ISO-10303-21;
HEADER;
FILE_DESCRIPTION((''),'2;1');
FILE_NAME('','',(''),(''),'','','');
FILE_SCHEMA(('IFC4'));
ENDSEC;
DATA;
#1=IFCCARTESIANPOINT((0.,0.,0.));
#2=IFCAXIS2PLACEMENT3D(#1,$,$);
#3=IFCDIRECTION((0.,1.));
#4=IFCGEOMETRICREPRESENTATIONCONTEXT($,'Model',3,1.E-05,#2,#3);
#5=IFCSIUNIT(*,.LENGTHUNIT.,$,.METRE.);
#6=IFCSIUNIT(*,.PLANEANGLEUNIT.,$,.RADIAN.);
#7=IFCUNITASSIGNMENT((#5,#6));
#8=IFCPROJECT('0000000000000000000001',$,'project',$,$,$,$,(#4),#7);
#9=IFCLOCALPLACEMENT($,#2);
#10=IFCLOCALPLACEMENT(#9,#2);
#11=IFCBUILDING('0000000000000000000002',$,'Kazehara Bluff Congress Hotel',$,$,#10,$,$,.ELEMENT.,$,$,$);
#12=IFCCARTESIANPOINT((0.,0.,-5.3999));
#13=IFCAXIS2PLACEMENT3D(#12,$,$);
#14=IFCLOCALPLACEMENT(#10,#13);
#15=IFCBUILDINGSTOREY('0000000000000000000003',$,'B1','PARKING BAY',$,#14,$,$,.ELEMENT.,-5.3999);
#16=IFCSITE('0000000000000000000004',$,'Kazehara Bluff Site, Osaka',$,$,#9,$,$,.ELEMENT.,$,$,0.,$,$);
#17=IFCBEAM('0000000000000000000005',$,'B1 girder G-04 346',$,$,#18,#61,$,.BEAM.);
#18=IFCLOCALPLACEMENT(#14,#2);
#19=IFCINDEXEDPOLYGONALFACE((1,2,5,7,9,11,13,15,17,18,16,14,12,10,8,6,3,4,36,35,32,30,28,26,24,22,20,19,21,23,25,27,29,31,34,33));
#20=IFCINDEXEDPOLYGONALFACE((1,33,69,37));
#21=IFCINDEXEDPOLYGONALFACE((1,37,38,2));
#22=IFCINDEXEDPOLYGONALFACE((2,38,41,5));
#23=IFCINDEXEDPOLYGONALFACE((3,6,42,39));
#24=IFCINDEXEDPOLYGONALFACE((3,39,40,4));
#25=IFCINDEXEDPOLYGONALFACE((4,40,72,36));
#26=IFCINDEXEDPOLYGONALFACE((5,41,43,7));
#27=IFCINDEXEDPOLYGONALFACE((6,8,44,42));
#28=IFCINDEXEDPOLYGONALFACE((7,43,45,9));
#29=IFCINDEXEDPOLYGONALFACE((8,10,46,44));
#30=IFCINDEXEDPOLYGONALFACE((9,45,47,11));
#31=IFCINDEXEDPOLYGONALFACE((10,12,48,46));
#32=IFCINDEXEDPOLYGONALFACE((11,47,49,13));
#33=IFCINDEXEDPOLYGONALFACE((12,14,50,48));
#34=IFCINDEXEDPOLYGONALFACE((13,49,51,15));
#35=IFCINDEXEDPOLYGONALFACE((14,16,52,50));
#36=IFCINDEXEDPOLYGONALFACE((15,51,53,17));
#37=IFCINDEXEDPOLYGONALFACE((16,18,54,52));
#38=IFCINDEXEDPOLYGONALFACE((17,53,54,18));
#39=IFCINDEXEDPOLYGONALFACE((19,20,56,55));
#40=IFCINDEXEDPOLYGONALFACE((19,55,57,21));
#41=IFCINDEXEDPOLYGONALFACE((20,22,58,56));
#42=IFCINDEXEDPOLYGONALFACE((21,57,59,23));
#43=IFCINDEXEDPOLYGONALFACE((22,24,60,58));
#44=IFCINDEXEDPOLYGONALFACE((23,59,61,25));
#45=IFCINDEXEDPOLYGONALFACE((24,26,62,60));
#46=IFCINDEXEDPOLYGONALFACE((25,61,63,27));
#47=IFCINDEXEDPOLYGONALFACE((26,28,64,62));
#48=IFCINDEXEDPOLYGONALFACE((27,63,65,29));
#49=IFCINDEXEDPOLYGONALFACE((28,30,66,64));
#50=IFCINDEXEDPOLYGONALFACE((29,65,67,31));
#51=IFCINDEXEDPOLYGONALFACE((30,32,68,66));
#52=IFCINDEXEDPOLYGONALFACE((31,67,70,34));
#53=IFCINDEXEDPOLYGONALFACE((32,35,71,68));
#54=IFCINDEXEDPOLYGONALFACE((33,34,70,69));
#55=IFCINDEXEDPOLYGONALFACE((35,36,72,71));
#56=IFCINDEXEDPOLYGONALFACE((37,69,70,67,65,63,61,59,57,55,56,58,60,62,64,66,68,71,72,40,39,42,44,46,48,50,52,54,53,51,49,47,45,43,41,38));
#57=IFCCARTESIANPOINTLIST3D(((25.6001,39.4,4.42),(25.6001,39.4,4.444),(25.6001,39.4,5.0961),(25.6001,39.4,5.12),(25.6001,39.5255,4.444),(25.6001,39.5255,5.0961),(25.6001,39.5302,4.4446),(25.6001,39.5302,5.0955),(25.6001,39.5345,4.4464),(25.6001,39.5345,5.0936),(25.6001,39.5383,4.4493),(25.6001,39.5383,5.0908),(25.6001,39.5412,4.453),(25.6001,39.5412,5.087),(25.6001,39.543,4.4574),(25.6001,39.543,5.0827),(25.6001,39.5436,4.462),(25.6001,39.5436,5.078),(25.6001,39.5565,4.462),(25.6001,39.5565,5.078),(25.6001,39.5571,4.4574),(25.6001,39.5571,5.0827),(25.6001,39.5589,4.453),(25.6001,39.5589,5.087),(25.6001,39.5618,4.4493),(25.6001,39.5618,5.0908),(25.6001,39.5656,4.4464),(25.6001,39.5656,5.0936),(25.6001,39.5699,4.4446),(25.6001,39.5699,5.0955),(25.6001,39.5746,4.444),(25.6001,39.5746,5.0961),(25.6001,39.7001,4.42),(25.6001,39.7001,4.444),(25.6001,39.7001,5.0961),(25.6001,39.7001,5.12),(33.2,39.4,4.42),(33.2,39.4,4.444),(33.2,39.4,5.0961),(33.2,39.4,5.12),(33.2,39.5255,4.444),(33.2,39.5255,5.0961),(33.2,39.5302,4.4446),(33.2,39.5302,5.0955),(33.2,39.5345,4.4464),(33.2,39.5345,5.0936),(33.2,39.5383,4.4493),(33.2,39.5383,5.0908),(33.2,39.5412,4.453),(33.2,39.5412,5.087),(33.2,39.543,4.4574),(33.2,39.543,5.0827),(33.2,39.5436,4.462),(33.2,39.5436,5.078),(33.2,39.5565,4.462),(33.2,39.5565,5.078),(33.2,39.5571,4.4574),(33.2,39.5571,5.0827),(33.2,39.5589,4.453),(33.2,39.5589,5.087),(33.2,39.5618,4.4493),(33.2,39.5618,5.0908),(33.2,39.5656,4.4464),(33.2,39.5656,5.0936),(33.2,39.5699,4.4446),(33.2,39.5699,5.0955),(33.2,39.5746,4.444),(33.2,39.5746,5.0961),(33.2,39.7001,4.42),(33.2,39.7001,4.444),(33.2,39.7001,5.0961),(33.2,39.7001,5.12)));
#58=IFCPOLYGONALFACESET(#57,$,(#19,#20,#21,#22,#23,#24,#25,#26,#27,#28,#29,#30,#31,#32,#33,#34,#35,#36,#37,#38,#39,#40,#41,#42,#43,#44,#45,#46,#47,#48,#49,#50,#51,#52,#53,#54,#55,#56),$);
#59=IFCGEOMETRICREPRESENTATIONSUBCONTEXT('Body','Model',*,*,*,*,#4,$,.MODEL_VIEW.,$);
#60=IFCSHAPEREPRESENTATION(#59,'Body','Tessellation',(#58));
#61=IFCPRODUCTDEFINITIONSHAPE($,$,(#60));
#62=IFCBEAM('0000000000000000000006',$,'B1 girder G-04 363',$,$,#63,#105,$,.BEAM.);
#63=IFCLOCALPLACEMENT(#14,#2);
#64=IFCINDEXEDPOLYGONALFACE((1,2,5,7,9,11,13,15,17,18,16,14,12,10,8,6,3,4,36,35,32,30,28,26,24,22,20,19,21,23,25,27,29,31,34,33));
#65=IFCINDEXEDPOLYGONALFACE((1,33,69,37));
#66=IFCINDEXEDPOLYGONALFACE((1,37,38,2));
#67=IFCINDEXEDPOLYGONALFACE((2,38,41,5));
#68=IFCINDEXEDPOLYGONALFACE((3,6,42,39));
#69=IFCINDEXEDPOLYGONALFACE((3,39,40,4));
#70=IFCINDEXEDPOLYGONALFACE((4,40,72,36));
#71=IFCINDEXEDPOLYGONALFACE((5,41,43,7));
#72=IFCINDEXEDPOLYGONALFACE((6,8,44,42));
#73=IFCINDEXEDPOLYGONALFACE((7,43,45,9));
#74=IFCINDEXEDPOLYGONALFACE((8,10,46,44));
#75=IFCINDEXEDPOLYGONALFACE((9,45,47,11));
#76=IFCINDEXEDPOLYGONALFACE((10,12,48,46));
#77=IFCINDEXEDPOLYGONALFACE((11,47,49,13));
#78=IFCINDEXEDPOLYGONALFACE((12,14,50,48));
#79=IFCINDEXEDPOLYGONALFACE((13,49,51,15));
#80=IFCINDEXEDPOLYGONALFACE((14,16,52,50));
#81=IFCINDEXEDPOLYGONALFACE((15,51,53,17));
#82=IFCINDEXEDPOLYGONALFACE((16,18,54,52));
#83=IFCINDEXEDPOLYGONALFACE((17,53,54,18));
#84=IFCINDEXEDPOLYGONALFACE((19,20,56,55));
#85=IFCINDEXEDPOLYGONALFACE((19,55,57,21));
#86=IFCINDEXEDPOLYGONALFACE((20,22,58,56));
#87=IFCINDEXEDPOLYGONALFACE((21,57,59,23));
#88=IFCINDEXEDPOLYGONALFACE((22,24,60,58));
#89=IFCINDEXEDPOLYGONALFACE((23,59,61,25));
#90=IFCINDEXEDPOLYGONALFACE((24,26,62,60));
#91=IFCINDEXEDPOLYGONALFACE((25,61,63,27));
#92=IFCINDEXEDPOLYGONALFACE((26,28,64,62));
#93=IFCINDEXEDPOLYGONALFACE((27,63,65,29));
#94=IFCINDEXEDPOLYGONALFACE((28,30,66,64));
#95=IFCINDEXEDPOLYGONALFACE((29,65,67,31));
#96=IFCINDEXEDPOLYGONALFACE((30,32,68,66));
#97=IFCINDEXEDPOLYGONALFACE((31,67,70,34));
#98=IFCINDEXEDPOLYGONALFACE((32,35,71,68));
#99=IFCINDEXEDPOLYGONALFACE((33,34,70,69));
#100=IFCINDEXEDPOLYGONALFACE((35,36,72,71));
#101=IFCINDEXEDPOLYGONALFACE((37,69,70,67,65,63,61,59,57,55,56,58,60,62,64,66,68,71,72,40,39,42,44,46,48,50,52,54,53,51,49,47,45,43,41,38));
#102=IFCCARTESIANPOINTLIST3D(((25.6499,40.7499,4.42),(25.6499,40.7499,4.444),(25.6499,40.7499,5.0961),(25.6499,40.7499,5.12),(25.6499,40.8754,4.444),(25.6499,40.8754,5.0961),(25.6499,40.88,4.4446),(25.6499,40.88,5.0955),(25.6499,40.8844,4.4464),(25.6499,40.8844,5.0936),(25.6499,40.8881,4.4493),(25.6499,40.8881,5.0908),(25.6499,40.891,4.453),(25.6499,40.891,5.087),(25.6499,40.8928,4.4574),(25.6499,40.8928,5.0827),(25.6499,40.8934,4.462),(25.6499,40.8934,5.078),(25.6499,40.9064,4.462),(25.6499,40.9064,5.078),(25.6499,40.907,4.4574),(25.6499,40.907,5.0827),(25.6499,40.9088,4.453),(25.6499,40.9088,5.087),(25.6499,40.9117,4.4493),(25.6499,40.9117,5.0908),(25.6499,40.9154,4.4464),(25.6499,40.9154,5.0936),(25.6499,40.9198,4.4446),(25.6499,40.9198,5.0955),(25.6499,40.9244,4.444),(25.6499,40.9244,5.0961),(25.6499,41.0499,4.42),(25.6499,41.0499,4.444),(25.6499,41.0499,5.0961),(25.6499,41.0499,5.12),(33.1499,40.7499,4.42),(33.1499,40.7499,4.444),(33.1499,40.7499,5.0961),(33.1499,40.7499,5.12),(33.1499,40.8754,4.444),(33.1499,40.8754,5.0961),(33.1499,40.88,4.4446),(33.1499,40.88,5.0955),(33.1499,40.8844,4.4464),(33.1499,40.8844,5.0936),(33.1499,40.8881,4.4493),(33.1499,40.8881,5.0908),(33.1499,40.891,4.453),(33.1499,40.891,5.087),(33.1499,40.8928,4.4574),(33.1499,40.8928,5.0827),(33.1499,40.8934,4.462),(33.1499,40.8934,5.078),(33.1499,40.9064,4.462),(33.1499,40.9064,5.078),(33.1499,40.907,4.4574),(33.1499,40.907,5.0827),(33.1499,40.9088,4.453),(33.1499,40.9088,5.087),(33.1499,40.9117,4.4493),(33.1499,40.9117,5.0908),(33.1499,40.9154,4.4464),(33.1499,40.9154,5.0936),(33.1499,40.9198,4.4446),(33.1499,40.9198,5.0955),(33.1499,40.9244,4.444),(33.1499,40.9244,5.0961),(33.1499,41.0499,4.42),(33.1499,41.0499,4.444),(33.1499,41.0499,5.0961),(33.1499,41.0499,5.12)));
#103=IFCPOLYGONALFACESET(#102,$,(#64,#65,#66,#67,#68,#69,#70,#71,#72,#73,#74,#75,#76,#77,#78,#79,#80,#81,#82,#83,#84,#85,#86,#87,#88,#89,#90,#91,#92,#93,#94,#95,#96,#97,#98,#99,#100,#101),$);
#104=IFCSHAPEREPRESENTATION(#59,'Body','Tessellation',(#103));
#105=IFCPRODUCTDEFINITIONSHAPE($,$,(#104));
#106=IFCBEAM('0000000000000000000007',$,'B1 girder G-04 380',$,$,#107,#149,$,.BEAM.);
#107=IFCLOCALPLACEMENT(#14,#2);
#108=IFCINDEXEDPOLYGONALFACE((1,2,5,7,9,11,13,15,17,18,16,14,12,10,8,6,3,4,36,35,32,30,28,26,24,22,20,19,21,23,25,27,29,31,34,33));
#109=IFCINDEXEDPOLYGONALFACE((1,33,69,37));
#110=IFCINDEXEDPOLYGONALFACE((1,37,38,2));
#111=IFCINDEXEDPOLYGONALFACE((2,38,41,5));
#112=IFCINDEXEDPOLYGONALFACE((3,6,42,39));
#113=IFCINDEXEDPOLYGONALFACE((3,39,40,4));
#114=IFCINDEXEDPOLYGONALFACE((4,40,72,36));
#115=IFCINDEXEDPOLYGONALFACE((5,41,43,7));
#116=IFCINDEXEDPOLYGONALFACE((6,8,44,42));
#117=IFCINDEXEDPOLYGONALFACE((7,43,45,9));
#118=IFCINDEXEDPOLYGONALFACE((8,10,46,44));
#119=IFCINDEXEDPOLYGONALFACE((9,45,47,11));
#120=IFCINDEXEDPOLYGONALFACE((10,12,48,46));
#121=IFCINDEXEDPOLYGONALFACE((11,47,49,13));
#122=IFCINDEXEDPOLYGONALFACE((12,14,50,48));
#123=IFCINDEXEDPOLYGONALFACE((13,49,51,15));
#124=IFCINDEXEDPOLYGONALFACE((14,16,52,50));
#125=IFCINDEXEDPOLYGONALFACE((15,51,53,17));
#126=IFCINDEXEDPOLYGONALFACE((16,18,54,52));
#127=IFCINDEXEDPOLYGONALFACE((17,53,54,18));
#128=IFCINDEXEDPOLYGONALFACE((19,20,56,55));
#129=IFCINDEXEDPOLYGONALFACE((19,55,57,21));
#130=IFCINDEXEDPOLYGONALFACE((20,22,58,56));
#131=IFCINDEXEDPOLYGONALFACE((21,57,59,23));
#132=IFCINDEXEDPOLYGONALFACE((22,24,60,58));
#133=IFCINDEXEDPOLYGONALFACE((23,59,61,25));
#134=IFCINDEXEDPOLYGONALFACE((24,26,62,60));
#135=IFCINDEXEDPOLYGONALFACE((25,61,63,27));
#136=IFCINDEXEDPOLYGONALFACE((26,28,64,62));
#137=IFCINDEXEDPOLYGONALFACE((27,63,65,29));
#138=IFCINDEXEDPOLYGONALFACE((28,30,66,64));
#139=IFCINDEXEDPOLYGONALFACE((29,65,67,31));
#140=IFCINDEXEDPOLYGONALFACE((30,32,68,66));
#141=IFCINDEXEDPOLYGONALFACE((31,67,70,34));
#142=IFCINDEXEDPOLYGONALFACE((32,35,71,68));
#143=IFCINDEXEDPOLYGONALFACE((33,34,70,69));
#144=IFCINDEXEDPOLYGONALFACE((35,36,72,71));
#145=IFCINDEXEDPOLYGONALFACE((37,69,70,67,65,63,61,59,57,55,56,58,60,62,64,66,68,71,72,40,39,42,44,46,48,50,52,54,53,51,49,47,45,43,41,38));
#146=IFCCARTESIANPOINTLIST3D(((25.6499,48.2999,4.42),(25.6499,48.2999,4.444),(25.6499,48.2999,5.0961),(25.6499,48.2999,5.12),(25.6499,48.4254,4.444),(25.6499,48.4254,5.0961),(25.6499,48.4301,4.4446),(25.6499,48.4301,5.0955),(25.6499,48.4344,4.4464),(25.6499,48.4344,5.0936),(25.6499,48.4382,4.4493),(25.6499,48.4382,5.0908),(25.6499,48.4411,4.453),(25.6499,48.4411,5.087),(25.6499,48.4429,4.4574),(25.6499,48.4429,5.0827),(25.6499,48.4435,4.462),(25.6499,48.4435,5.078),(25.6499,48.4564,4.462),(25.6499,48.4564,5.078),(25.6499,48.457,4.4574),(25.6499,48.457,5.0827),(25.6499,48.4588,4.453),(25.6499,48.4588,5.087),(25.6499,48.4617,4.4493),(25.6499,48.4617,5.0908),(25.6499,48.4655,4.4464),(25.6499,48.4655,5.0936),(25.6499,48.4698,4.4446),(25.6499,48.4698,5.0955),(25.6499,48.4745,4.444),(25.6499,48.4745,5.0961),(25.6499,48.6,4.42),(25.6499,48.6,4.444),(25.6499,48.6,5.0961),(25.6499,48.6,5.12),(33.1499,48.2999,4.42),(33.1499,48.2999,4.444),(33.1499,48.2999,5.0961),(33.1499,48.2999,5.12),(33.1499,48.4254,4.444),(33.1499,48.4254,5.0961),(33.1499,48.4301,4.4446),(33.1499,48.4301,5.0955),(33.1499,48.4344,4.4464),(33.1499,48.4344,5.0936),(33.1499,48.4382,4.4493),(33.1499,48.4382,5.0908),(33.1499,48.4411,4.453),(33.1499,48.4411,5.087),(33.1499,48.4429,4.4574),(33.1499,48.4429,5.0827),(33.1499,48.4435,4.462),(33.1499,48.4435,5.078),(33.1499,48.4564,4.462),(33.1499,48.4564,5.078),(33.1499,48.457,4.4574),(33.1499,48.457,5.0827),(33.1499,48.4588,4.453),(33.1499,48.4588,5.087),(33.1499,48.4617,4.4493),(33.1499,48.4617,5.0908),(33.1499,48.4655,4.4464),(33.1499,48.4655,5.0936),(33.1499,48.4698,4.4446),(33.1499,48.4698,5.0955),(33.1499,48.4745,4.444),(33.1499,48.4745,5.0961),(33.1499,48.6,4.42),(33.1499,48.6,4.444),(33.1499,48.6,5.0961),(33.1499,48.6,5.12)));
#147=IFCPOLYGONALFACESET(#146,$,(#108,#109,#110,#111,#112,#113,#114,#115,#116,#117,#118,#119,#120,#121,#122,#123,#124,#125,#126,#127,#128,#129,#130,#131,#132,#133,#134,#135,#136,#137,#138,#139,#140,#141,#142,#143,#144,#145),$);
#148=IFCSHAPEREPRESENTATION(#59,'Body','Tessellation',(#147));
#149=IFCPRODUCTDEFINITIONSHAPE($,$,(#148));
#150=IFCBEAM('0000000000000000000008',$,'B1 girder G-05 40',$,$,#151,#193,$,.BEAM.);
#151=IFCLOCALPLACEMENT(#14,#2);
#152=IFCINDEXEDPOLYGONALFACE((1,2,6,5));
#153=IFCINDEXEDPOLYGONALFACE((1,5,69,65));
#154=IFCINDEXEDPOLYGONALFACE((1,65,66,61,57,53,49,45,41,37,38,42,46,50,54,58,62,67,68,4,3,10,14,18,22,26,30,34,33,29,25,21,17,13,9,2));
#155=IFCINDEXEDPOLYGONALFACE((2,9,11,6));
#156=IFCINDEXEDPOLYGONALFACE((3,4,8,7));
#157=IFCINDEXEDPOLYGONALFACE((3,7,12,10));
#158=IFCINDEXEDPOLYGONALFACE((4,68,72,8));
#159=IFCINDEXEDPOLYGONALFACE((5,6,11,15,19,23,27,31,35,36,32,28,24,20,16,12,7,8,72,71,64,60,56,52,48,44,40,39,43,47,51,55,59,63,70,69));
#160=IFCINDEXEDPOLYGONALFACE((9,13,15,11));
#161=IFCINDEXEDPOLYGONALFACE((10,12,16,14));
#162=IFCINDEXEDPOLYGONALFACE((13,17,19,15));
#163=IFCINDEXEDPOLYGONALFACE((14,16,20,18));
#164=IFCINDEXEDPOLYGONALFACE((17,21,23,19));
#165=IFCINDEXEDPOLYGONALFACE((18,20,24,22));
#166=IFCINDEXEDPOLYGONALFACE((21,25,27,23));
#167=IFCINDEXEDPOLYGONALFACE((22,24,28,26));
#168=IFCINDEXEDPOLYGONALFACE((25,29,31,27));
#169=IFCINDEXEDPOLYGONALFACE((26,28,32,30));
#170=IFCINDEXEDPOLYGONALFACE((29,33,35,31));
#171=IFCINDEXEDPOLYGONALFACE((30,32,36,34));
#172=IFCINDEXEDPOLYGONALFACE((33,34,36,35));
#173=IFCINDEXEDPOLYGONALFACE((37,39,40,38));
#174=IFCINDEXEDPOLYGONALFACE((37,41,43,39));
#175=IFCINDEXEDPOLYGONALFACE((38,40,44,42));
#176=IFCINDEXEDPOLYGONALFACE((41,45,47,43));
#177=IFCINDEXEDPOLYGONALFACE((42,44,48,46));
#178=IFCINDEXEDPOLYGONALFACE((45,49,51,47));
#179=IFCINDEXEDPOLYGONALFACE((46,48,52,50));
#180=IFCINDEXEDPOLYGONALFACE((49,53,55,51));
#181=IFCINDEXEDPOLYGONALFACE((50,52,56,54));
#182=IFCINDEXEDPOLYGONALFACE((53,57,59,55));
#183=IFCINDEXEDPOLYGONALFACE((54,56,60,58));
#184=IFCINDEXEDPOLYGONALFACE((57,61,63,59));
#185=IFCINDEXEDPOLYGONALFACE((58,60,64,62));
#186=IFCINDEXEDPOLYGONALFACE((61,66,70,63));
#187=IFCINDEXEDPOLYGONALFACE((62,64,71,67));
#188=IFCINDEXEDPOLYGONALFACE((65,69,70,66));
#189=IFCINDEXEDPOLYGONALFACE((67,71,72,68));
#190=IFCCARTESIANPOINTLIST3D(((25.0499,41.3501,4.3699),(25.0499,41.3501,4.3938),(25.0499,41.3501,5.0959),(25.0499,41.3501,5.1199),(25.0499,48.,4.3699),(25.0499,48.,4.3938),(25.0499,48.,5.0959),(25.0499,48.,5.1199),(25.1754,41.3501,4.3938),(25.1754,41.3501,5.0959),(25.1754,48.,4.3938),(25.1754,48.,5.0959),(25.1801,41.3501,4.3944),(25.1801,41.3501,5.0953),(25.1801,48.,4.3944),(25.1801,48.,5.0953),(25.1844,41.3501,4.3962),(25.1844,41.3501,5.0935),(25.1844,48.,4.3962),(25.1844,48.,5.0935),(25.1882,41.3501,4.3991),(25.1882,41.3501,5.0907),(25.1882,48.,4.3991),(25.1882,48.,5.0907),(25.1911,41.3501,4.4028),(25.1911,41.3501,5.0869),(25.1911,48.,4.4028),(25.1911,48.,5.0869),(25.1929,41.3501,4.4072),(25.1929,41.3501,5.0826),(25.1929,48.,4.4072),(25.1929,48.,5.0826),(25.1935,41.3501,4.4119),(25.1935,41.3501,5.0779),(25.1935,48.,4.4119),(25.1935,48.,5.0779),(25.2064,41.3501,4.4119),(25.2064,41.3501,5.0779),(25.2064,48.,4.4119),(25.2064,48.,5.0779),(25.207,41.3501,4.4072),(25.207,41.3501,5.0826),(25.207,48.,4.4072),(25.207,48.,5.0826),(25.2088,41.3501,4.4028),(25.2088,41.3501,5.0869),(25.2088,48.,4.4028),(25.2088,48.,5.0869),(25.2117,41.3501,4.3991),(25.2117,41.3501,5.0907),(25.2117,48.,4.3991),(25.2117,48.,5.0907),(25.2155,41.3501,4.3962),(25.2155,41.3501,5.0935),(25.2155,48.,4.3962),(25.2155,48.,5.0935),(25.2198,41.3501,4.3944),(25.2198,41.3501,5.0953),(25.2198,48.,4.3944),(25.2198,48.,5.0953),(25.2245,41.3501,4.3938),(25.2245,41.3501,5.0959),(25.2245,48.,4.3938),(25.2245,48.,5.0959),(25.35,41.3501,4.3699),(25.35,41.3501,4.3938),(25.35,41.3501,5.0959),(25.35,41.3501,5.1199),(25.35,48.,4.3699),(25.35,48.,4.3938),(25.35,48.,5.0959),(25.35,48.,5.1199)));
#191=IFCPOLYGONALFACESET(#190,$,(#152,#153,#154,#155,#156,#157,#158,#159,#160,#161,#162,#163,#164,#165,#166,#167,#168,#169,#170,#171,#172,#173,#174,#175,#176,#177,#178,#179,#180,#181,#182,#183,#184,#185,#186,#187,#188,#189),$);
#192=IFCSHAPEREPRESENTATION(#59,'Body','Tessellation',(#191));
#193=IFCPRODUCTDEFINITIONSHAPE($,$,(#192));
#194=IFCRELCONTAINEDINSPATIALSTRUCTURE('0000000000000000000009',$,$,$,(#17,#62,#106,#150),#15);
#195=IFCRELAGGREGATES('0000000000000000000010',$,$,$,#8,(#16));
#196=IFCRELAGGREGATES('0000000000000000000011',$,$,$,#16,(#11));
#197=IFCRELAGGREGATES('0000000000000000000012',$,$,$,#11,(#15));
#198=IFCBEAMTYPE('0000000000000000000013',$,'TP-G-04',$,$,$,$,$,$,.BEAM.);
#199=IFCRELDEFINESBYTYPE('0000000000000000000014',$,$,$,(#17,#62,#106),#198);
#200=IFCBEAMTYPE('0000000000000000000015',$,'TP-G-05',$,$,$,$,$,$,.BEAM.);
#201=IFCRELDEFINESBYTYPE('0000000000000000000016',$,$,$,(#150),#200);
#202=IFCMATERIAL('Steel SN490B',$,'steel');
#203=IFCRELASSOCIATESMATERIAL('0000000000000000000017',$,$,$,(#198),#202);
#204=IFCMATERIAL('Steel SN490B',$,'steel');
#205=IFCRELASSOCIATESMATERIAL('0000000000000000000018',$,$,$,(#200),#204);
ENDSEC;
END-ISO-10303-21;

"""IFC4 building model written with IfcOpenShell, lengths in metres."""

from ifc_helpers import new_model, si_unit, direction, frame, origin, origin_2d, place, context, subcontext, project, spatial, i_section, extrude, material, material_profile, profile_set, type_object, element, save


model = new_model("IFC4")

# Units and contexts
model_context = context("Model", 3, precision=1e-05, world=origin(), true_north=direction((0.0, 1.0)))
body_context = subcontext(model_context, "Body", "Model", "MODEL_VIEW")
ifc_project = project(units=[si_unit("LENGTHUNIT", "METRE"), si_unit("PLANEANGLEUNIT", "RADIAN")], contexts=[model_context])

# Site, building, storey
site_placement = place(None, origin())
site = spatial("IfcSite", under=ifc_project, at=site_placement, Name="Kazehara Bluff Site, Osaka", CompositionType="ELEMENT", RefElevation=0.0)
building_placement = place(site_placement, origin())
building = spatial("IfcBuilding", under=site, at=building_placement, Name="Kazehara Bluff Congress Hotel", CompositionType="ELEMENT")
storey_placement = place(building_placement, frame((0.0, 0.0, -5.3999)))
storey = spatial("IfcBuildingStorey", under=building, at=storey_placement, Name="B1", Description="PARKING BAY", CompositionType="ELEMENT", Elevation=-5.3999)

# Beams
ifc_material_1 = material(Name="Steel SN490B", Category="steel")
ifc_material_profile_1 = material_profile(ifc_material_1, i_section(OverallWidth=0.3, OverallDepth=0.7, WebThickness=0.0129, FlangeThickness=0.0239, FilletRadius=0.0181, at=origin_2d()))
ifc_profile_set_1 = profile_set([ifc_material_profile_1], Name="Steel SN490B")
beam_type_1 = type_object("IfcBeamType", Name="TP-G-04", PredefinedType="BEAM", material=ifc_profile_set_1)
beam_1_placement = place(storey_placement, frame((25.6001, 39.55, 4.77), z_axis=(1.0, 0.0, 0.0), x_axis=(0.0, 1.0, 0.0)))
element("IfcBeam", 1, at=beam_1_placement, inside=storey, type_object=beam_type_1, Name="B1 girder G-04 346", PredefinedType="BEAM", context=body_context, shape_type="SweptSolid", body=[
    extrude(i_section(OverallWidth=0.3, OverallDepth=0.7, WebThickness=0.0129, FlangeThickness=0.0239, FilletRadius=0.0181, at=origin_2d()), origin(), (0.0, 0.0, 1.0), 7.5999),
])
for number, where, z_axis, x_axis, name in (
    (2, (25.6499, 40.8999, 4.77), (1.0, 0.0, 0.0), (0.0, 1.0, 0.0), "B1 girder G-04 363"),
    (3, (25.6499, 48.45, 4.77), (1.0, 0.0, 0.0), (0.0, 1.0, 0.0), "B1 girder G-04 380"),
):
    element("IfcBeam", number, at=place(storey_placement, frame(where, z_axis=z_axis, x_axis=x_axis)), inside=storey, type_object=beam_type_1, Name=name, PredefinedType="BEAM", context=body_context, shape_type="SweptSolid", body=[
        extrude(i_section(OverallWidth=0.3, OverallDepth=0.7, WebThickness=0.0129, FlangeThickness=0.0239, FilletRadius=0.0181, at=origin_2d()), origin(), (0.0, 0.0, 1.0), 7.5),
    ])
ifc_material_2 = material(Name="Steel SN490B", Category="steel")
ifc_material_profile_2 = material_profile(ifc_material_2, i_section(OverallWidth=0.3, OverallDepth=0.75, WebThickness=0.0129, FlangeThickness=0.0239, FilletRadius=0.0181, at=origin_2d()))
ifc_profile_set_2 = profile_set([ifc_material_profile_2], Name="Steel SN490B")
beam_type_2 = type_object("IfcBeamType", Name="TP-G-05", PredefinedType="BEAM", material=ifc_profile_set_2)
beam_2_placement = place(storey_placement, frame((25.2, 41.3501, 4.7449), z_axis=(0.0, 1.0, 0.0), x_axis=(-1.0, 0.0, 0.0)))
element("IfcBeam", 4, at=beam_2_placement, inside=storey, type_object=beam_type_2, Name="B1 girder G-05 40", PredefinedType="BEAM", context=body_context, shape_type="SweptSolid", body=[
    extrude(i_section(OverallWidth=0.3, OverallDepth=0.75, WebThickness=0.0129, FlangeThickness=0.0239, FilletRadius=0.0181, at=origin_2d()), origin(), (0.0, 0.0, 1.0), 6.6499),
])

save(model, "model.ifc")
